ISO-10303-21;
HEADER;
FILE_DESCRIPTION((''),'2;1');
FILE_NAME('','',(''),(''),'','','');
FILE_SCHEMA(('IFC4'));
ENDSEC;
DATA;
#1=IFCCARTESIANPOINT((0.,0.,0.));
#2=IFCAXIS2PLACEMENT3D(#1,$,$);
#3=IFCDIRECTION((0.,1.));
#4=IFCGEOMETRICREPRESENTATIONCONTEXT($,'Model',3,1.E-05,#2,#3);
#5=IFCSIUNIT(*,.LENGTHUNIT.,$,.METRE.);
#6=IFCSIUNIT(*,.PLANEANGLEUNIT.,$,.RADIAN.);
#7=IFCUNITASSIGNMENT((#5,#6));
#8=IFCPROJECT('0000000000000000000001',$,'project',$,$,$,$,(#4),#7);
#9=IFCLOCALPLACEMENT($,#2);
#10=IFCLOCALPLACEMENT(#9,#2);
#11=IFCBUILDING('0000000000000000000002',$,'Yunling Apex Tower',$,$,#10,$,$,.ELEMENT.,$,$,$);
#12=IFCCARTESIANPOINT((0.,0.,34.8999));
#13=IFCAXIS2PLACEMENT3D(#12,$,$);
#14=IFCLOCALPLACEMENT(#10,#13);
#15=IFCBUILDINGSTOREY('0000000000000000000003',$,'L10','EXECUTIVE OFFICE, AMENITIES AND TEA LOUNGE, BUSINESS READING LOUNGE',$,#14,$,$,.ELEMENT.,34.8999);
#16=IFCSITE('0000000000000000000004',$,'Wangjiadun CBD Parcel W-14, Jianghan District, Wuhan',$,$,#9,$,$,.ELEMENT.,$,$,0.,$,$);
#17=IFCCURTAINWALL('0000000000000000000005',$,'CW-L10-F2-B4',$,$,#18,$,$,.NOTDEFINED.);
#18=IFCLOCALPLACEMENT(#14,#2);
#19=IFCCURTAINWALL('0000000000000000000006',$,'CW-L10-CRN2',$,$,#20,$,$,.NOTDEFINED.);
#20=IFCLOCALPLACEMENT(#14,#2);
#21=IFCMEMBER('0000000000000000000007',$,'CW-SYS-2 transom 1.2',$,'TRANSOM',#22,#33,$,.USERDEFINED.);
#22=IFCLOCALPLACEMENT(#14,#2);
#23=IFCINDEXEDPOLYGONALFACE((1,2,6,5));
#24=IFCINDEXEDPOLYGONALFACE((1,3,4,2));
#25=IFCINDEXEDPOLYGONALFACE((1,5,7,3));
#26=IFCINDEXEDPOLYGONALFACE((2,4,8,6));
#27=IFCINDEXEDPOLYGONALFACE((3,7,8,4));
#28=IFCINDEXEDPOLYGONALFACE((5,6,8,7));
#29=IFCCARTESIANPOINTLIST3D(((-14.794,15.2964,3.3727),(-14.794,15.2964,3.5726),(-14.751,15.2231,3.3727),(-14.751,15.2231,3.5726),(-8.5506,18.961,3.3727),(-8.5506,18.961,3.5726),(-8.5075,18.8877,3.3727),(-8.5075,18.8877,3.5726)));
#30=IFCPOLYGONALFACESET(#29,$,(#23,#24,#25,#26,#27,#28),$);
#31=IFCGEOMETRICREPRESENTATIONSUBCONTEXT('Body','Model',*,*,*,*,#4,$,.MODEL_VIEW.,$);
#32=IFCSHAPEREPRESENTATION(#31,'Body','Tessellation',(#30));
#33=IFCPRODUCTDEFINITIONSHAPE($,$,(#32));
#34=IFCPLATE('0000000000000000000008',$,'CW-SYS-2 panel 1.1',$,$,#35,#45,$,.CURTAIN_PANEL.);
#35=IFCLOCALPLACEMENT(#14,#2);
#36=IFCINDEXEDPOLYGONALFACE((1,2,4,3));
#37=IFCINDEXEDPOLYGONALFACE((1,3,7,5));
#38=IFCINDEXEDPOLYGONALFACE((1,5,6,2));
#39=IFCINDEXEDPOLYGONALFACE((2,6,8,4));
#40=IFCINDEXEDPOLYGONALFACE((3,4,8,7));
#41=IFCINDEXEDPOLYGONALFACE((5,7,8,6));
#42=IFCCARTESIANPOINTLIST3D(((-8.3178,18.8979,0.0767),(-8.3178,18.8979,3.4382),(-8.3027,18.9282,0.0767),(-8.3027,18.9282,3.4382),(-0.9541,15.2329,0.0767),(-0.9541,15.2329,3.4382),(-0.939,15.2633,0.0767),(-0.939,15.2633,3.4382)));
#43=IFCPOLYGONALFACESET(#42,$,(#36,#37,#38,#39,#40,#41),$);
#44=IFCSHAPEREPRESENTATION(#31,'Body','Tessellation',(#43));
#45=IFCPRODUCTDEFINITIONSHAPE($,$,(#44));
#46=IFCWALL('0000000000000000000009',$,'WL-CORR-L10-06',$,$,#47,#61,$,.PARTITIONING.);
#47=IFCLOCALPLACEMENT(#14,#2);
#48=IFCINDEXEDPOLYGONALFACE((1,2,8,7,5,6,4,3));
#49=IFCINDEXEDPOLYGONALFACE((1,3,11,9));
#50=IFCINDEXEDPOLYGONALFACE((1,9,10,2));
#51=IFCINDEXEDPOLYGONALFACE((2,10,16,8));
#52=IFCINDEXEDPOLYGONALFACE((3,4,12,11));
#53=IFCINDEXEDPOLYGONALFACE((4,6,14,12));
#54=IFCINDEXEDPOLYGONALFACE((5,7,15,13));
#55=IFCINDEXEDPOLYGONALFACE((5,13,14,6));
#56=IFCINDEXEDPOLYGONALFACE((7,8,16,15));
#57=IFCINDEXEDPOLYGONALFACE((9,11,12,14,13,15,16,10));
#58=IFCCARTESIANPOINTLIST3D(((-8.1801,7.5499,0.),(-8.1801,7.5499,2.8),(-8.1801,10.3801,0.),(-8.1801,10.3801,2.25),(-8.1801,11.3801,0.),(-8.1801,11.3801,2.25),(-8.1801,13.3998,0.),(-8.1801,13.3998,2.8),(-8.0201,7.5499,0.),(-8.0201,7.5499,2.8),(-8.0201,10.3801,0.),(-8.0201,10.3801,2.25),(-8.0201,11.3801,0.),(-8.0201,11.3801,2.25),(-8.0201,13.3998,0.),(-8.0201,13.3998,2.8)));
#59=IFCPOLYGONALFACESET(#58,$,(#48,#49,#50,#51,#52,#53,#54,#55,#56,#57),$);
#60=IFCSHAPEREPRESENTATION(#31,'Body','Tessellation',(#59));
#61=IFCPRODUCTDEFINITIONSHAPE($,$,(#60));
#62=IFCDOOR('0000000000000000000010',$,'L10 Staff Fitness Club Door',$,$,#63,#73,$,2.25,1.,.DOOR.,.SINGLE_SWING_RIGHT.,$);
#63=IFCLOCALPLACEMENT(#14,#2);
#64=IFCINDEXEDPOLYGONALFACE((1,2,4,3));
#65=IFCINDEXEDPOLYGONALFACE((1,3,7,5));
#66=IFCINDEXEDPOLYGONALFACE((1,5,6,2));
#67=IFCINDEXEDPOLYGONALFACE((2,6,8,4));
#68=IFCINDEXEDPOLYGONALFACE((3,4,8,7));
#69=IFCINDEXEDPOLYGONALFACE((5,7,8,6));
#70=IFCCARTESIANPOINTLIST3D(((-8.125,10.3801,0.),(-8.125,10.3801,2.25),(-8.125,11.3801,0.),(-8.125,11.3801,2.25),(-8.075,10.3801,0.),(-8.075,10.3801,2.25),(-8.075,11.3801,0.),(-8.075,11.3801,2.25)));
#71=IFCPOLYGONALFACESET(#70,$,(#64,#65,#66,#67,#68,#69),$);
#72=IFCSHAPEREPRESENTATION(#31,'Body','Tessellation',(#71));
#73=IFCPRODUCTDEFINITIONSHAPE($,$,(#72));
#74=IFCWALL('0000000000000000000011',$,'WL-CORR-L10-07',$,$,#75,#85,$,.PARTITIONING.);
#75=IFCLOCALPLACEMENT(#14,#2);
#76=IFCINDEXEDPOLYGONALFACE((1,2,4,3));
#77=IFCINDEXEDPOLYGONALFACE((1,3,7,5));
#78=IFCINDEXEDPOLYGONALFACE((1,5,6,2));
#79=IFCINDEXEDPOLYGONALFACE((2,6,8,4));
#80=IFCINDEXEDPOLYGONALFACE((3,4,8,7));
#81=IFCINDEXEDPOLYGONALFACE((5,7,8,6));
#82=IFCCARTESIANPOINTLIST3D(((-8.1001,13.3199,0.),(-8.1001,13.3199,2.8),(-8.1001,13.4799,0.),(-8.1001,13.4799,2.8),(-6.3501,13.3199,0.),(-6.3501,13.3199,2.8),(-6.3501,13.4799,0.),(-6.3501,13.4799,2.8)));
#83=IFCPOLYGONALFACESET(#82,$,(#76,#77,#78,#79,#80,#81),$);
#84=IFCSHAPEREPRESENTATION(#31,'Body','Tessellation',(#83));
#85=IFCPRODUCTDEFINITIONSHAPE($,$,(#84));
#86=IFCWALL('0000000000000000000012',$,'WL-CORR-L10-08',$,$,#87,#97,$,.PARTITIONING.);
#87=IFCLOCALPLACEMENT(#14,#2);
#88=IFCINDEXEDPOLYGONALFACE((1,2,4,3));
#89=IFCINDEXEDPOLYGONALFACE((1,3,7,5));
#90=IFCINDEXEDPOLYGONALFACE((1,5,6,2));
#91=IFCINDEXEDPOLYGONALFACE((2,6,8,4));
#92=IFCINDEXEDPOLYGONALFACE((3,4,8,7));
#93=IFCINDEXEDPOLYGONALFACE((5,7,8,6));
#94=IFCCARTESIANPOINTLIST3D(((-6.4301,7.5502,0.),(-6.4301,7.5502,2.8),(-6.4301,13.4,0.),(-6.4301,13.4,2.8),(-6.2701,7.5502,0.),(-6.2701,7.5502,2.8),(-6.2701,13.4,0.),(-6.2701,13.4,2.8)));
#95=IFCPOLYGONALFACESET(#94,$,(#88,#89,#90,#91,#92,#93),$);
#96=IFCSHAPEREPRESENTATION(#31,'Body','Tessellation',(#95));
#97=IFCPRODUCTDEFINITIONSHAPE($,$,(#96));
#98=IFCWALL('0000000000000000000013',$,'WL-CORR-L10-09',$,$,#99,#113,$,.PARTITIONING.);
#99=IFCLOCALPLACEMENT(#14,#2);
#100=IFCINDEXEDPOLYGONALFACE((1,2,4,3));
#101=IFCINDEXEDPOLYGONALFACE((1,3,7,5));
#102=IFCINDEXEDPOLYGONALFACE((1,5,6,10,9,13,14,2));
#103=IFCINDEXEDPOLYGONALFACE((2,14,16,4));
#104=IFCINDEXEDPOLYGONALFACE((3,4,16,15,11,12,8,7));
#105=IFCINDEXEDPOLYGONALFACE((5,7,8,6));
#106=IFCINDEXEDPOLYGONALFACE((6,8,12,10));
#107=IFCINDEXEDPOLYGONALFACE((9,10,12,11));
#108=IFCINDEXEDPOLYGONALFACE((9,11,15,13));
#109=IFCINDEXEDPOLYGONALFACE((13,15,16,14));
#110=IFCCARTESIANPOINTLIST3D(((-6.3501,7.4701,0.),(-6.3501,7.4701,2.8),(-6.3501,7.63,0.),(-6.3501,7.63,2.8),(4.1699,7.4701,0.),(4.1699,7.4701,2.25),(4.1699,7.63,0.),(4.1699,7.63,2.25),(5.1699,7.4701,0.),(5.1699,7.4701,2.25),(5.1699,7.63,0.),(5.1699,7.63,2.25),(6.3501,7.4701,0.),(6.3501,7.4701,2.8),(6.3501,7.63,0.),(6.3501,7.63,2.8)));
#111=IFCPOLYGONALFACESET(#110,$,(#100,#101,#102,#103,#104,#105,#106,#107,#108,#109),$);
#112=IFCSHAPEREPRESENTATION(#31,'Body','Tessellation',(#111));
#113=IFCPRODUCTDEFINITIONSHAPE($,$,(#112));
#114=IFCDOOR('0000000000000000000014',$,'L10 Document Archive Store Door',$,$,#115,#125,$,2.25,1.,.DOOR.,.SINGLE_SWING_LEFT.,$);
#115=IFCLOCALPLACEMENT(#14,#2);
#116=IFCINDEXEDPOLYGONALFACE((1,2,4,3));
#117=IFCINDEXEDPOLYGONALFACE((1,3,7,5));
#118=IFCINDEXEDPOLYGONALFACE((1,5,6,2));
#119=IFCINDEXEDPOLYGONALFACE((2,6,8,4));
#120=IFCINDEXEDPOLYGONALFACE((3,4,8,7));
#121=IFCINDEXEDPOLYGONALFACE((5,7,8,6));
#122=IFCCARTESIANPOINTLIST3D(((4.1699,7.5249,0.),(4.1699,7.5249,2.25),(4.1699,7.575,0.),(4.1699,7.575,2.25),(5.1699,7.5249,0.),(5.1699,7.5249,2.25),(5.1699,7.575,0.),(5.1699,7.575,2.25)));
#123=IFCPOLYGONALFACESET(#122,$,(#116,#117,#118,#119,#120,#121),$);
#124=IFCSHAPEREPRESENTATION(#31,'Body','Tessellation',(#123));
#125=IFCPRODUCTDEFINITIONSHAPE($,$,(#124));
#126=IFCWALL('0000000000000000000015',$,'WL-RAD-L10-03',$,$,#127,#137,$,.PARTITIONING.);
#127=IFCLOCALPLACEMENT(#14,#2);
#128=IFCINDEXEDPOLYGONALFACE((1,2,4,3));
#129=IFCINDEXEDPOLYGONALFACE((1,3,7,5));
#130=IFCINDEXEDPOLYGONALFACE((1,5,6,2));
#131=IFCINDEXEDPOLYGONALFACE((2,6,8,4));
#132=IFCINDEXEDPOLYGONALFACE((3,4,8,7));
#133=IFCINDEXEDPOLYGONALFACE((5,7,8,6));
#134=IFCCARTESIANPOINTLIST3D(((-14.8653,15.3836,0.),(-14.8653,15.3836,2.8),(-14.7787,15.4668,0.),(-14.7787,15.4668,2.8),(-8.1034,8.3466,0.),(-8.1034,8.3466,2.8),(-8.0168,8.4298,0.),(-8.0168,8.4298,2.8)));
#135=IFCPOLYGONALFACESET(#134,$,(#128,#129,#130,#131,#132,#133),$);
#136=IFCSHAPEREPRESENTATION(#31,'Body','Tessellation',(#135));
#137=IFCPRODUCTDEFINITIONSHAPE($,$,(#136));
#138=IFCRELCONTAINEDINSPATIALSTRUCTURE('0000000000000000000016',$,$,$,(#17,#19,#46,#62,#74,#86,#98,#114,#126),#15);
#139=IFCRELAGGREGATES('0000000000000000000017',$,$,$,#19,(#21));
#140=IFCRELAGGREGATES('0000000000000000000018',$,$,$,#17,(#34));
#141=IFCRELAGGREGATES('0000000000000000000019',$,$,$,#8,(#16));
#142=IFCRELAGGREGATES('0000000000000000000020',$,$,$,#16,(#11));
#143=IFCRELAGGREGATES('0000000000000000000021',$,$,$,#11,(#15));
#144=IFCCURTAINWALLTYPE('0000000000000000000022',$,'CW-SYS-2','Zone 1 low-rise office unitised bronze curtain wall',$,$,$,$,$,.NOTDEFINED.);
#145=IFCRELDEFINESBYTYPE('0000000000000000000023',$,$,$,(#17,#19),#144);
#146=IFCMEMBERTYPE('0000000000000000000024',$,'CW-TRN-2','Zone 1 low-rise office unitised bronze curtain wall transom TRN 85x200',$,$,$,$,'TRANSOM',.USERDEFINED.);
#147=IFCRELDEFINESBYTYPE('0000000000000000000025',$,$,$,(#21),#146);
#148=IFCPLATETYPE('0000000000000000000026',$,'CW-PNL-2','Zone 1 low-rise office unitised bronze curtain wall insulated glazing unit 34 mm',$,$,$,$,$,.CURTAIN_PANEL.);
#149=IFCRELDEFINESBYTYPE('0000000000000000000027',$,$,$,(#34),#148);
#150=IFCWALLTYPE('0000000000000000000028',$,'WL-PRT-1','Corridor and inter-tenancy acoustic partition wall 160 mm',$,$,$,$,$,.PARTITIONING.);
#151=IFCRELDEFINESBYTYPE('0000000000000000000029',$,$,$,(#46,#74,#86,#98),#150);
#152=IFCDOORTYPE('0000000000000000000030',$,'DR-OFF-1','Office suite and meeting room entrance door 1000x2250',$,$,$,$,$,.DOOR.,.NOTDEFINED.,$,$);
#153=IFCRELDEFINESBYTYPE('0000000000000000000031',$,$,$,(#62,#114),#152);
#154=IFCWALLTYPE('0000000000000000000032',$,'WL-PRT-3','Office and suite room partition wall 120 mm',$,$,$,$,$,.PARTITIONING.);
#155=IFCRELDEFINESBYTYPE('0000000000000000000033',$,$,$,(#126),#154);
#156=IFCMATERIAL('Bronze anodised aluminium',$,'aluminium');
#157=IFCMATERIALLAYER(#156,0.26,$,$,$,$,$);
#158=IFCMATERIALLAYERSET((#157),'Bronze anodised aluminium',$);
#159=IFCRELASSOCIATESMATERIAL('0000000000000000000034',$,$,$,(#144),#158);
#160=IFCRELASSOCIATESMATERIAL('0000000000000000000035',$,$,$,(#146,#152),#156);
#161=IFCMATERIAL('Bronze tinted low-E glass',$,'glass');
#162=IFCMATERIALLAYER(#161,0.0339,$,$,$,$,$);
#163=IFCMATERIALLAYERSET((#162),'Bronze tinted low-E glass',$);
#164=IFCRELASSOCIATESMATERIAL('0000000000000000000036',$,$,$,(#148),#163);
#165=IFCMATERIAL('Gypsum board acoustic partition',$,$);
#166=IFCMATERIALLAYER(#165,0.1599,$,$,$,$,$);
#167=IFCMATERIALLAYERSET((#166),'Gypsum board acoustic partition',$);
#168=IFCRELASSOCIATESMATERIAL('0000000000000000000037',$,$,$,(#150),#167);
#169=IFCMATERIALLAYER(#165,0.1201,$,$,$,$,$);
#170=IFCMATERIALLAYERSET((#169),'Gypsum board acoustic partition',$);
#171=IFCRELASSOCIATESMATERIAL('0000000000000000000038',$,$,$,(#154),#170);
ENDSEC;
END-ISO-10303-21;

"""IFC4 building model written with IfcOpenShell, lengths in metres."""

from ifc_helpers import new_model, si_unit, direction, frame, frame_2d, origin, origin_2d, place, context, subcontext, project, spatial, rectangle, extrude, source, transform, mapped, material, layer, layer_set, material_profile, profile_set, type_object, element, fill, aggregate, save


model = new_model("IFC4")

# Units and contexts
model_context = context("Model", 3, precision=1e-05, world=origin(), true_north=direction((0.0, 1.0)))
body_context = subcontext(model_context, "Body", "Model", "MODEL_VIEW")
ifc_project = project(units=[si_unit("LENGTHUNIT", "METRE"), si_unit("PLANEANGLEUNIT", "RADIAN")], contexts=[model_context])

# Site, building, storey
site_placement = place(None, origin())
site = spatial("IfcSite", under=ifc_project, at=site_placement, Name="Wangjiadun CBD Parcel W-14, Jianghan District, Wuhan", CompositionType="ELEMENT", RefElevation=0.0)
building_placement = place(site_placement, origin())
building = spatial("IfcBuilding", under=site, at=building_placement, Name="Yunling Apex Tower", CompositionType="ELEMENT")
storey_placement = place(building_placement, frame((0.0, 0.0, 34.8999)))
storey = spatial("IfcBuildingStorey", under=building, at=storey_placement, Name="L10", Description="EXECUTIVE OFFICE, AMENITIES AND TEA LOUNGE, BUSINESS READING LOUNGE", CompositionType="ELEMENT", Elevation=34.8999)

# Curtain wall
ifc_material_1 = material(Name="Bronze anodised aluminium", Category="aluminium")
ifc_layer_1 = layer(ifc_material_1, 0.26)
ifc_layer_set_1 = layer_set([ifc_layer_1], Name="Bronze anodised aluminium")
curtain_wall_type = type_object("IfcCurtainWallType", Name="CW-SYS-2", Description="Zone 1 low-rise office unitised bronze curtain wall", PredefinedType="NOTDEFINED", material=ifc_layer_set_1)
curtain_wall_1_placement = place(storey_placement, origin())
curtain_wall_1 = element("IfcCurtainWall", 1, at=curtain_wall_1_placement, inside=storey, type_object=curtain_wall_type, Name="CW-L10-F2-B4", PredefinedType="NOTDEFINED")

# Curtain wall, member
curtain_wall_2_placement = place(storey_placement, origin())
curtain_wall_2 = element("IfcCurtainWall", 2, at=curtain_wall_2_placement, inside=storey, type_object=curtain_wall_type, Name="CW-L10-CRN2", PredefinedType="NOTDEFINED")
ifc_material_profile_1 = material_profile(ifc_material_1, rectangle(XDim=0.085, YDim=0.2, at=origin_2d()))
ifc_profile_set_1 = profile_set([ifc_material_profile_1], Name="Bronze anodised aluminium")
member_type_1 = type_object("IfcMemberType", Name="CW-TRN-2", Description="Zone 1 low-rise office unitised bronze curtain wall transom TRN 85x200", ElementType="TRANSOM", PredefinedType="USERDEFINED", material=ifc_profile_set_1)
shared_shape_1 = source(origin(), body_context, "Body", "SweptSolid", [
    extrude(rectangle(XDim=0.085, YDim=0.2, at=origin_2d()), origin(), (0.0, 0.0, 1.0), 7.2395),
])
member_1_placement = place(storey_placement, frame((-8.5291, 18.9243, 3.4727), z_axis=(-0.862419, -0.506195, 0.0), x_axis=(0.506195, -0.862419, 0.0)))
member_1 = element("IfcMember", 3, at=member_1_placement, type_object=member_type_1, Name="CW-SYS-2 transom 1.2", ObjectType="TRANSOM", PredefinedType="USERDEFINED", context=body_context, shape_type="MappedRepresentation", body=[
    mapped(shared_shape_1, transform((0.0, 0.0, 0.0), scale=1.0)),
])
aggregate(curtain_wall_2, [member_1])

# Plate
ifc_material_2 = material(Name="Bronze tinted low-E glass", Category="glass")
ifc_layer_2 = layer(ifc_material_2, 0.0339)
ifc_layer_set_2 = layer_set([ifc_layer_2], Name="Bronze tinted low-E glass")
plate_type = type_object("IfcPlateType", Name="CW-PNL-2", Description="Zone 1 low-rise office unitised bronze curtain wall insulated glazing unit 34 mm", PredefinedType="CURTAIN_PANEL", material=ifc_layer_set_2)
shared_shape_2 = source(origin(), body_context, "Body", "SweptSolid", [
    extrude(rectangle(XDim=8.2253, YDim=0.0339, at=origin_2d()), origin(), (0.0, 0.0, 1.0), 3.3616),
])
plate_placement = place(storey_placement, frame((-4.6284, 17.0806, 0.0767), z_axis=(0.0, 0.0, 1.0), x_axis=(-0.895247, 0.445571, 0.0)))
plate = element("IfcPlate", 4, at=plate_placement, type_object=plate_type, Name="CW-SYS-2 panel 1.1", PredefinedType="CURTAIN_PANEL", context=body_context, shape_type="MappedRepresentation", body=[
    mapped(shared_shape_2, transform((0.0, 0.0, 0.0), scale=1.0)),
])
aggregate(curtain_wall_1, [plate])

# Wall, opening, door
ifc_material_3 = material(Name="Gypsum board acoustic partition")
ifc_layer_3 = layer(ifc_material_3, 0.1599)
ifc_layer_set_3 = layer_set([ifc_layer_3], Name="Gypsum board acoustic partition")
wall_type_1 = type_object("IfcWallType", Name="WL-PRT-1", Description="Corridor and inter-tenancy acoustic partition wall 160 mm", PredefinedType="PARTITIONING", material=ifc_layer_set_3)
wall_1_placement = place(storey_placement, frame((-8.1001, 7.55, 0.0), z_axis=(0.0, 0.0, 1.0), x_axis=(0.0, 1.0, 0.0)))
wall_1 = element("IfcWall", 5, at=wall_1_placement, inside=storey, type_object=wall_type_1, Name="WL-CORR-L10-06", PredefinedType="PARTITIONING", context=body_context, shape_type="SweptSolid", body=[
    extrude(rectangle(XDim=5.8499, YDim=0.1599, at=frame_2d((2.9248, 0.0))), origin(), (0.0, 0.0, 1.0), 2.8),
])
opening_1_placement = place(wall_1_placement, frame((2.8301, 0.0, 0.0)))
opening_1 = element("IfcOpeningElement", 6, at=opening_1_placement, cuts=wall_1, PredefinedType="OPENING", context=body_context, shape_type="SweptSolid", body=[
    extrude(rectangle(XDim=1.0, YDim=2.25, at=frame_2d((0.5, 1.125))), frame((0.0, 0.0898, 0.0), z_axis=(0.0, -1.0, 0.0), x_axis=(1.0, 0.0, 0.0)), (0.0, 0.0, 1.0), 0.1799),
])
door_type = type_object("IfcDoorType", Name="DR-OFF-1", Description="Office suite and meeting room entrance door 1000x2250", OperationType="NOTDEFINED", PredefinedType="DOOR", material=ifc_material_1)
door_1_placement = place(opening_1_placement, origin())
door_1 = element("IfcDoor", 7, at=door_1_placement, inside=storey, type_object=door_type, Name="L10 Staff Fitness Club Door", OperationType="SINGLE_SWING_RIGHT", OverallHeight=2.25, OverallWidth=1.0, PredefinedType="DOOR", context=body_context, shape_type="SweptSolid", body=[
    extrude(rectangle(XDim=1.0, YDim=2.25, at=frame_2d((0.5, 1.125))), frame((0.0, 0.0249, 0.0), z_axis=(0.0, -1.0, 0.0), x_axis=(1.0, 0.0, 0.0)), (0.0, 0.0, 1.0), 0.05),
])
fill(opening_1, door_1)

# Walls
wall_2_placement = place(storey_placement, frame((-8.1001, 13.3999, 0.0), z_axis=(0.0, 0.0, 1.0), x_axis=(1.0, 0.0, 0.0)))
element("IfcWall", 8, at=wall_2_placement, inside=storey, type_object=wall_type_1, Name="WL-CORR-L10-07", PredefinedType="PARTITIONING", context=body_context, shape_type="SweptSolid", body=[
    extrude(rectangle(XDim=1.75, YDim=0.1599, at=frame_2d((0.875, 0.0))), origin(), (0.0, 0.0, 1.0), 2.8),
])
wall_3_placement = place(storey_placement, frame((-6.3501, 13.3999, 0.0), z_axis=(0.0, 0.0, 1.0), x_axis=(0.0, -1.0, 0.0)))
element("IfcWall", 9, at=wall_3_placement, inside=storey, type_object=wall_type_1, Name="WL-CORR-L10-08", PredefinedType="PARTITIONING", context=body_context, shape_type="SweptSolid", body=[
    extrude(rectangle(XDim=5.8499, YDim=0.1599, at=frame_2d((2.9248, 0.0))), origin(), (0.0, 0.0, 1.0), 2.8),
])

# Wall, opening, door
wall_4_placement = place(storey_placement, frame((-6.3501, 7.55, 0.0), z_axis=(0.0, 0.0, 1.0), x_axis=(1.0, 0.0, 0.0)))
wall_4 = element("IfcWall", 10, at=wall_4_placement, inside=storey, type_object=wall_type_1, Name="WL-CORR-L10-09", PredefinedType="PARTITIONING", context=body_context, shape_type="SweptSolid", body=[
    extrude(rectangle(XDim=12.7002, YDim=0.1599, at=frame_2d((6.3501, 0.0))), origin(), (0.0, 0.0, 1.0), 2.8),
])
opening_2_placement = place(wall_4_placement, frame((10.52, 0.0, 0.0)))
opening_2 = element("IfcOpeningElement", 11, at=opening_2_placement, cuts=wall_4, PredefinedType="OPENING", context=body_context, shape_type="SweptSolid", body=[
    extrude(rectangle(XDim=1.0, YDim=2.25, at=frame_2d((0.5, 1.125))), frame((0.0, 0.0898, 0.0), z_axis=(0.0, -1.0, 0.0), x_axis=(1.0, 0.0, 0.0)), (0.0, 0.0, 1.0), 0.1799),
])
door_2_placement = place(opening_2_placement, origin())
door_2 = element("IfcDoor", 12, at=door_2_placement, inside=storey, type_object=door_type, Name="L10 Document Archive Store Door", OperationType="SINGLE_SWING_LEFT", OverallHeight=2.25, OverallWidth=1.0, PredefinedType="DOOR", context=body_context, shape_type="SweptSolid", body=[
    extrude(rectangle(XDim=1.0, YDim=2.25, at=frame_2d((0.5, 1.125))), frame((0.0, 0.0249, 0.0), z_axis=(0.0, -1.0, 0.0), x_axis=(1.0, 0.0, 0.0)), (0.0, 0.0, 1.0), 0.05),
])
fill(opening_2, door_2)

# Wall
ifc_layer_4 = layer(ifc_material_3, 0.1201)
ifc_layer_set_4 = layer_set([ifc_layer_4], Name="Gypsum board acoustic partition")
wall_type_2 = type_object("IfcWallType", Name="WL-PRT-3", Description="Office and suite room partition wall 120 mm", PredefinedType="PARTITIONING", material=ifc_layer_set_4)
wall_5_placement = place(storey_placement, frame((-8.0601, 8.3882, 0.0), z_axis=(0.0, 0.0, 1.0), x_axis=(-0.69287, 0.721063, 0.0)))
element("IfcWall", 13, at=wall_5_placement, inside=storey, type_object=wall_type_2, Name="WL-RAD-L10-03", PredefinedType="PARTITIONING", context=body_context, shape_type="SweptSolid", body=[
    extrude(rectangle(XDim=9.7593, YDim=0.1201, at=frame_2d((4.8796, 0.0))), origin(), (0.0, 0.0, 1.0), 2.8),
])

save(model, "model.ifc")
